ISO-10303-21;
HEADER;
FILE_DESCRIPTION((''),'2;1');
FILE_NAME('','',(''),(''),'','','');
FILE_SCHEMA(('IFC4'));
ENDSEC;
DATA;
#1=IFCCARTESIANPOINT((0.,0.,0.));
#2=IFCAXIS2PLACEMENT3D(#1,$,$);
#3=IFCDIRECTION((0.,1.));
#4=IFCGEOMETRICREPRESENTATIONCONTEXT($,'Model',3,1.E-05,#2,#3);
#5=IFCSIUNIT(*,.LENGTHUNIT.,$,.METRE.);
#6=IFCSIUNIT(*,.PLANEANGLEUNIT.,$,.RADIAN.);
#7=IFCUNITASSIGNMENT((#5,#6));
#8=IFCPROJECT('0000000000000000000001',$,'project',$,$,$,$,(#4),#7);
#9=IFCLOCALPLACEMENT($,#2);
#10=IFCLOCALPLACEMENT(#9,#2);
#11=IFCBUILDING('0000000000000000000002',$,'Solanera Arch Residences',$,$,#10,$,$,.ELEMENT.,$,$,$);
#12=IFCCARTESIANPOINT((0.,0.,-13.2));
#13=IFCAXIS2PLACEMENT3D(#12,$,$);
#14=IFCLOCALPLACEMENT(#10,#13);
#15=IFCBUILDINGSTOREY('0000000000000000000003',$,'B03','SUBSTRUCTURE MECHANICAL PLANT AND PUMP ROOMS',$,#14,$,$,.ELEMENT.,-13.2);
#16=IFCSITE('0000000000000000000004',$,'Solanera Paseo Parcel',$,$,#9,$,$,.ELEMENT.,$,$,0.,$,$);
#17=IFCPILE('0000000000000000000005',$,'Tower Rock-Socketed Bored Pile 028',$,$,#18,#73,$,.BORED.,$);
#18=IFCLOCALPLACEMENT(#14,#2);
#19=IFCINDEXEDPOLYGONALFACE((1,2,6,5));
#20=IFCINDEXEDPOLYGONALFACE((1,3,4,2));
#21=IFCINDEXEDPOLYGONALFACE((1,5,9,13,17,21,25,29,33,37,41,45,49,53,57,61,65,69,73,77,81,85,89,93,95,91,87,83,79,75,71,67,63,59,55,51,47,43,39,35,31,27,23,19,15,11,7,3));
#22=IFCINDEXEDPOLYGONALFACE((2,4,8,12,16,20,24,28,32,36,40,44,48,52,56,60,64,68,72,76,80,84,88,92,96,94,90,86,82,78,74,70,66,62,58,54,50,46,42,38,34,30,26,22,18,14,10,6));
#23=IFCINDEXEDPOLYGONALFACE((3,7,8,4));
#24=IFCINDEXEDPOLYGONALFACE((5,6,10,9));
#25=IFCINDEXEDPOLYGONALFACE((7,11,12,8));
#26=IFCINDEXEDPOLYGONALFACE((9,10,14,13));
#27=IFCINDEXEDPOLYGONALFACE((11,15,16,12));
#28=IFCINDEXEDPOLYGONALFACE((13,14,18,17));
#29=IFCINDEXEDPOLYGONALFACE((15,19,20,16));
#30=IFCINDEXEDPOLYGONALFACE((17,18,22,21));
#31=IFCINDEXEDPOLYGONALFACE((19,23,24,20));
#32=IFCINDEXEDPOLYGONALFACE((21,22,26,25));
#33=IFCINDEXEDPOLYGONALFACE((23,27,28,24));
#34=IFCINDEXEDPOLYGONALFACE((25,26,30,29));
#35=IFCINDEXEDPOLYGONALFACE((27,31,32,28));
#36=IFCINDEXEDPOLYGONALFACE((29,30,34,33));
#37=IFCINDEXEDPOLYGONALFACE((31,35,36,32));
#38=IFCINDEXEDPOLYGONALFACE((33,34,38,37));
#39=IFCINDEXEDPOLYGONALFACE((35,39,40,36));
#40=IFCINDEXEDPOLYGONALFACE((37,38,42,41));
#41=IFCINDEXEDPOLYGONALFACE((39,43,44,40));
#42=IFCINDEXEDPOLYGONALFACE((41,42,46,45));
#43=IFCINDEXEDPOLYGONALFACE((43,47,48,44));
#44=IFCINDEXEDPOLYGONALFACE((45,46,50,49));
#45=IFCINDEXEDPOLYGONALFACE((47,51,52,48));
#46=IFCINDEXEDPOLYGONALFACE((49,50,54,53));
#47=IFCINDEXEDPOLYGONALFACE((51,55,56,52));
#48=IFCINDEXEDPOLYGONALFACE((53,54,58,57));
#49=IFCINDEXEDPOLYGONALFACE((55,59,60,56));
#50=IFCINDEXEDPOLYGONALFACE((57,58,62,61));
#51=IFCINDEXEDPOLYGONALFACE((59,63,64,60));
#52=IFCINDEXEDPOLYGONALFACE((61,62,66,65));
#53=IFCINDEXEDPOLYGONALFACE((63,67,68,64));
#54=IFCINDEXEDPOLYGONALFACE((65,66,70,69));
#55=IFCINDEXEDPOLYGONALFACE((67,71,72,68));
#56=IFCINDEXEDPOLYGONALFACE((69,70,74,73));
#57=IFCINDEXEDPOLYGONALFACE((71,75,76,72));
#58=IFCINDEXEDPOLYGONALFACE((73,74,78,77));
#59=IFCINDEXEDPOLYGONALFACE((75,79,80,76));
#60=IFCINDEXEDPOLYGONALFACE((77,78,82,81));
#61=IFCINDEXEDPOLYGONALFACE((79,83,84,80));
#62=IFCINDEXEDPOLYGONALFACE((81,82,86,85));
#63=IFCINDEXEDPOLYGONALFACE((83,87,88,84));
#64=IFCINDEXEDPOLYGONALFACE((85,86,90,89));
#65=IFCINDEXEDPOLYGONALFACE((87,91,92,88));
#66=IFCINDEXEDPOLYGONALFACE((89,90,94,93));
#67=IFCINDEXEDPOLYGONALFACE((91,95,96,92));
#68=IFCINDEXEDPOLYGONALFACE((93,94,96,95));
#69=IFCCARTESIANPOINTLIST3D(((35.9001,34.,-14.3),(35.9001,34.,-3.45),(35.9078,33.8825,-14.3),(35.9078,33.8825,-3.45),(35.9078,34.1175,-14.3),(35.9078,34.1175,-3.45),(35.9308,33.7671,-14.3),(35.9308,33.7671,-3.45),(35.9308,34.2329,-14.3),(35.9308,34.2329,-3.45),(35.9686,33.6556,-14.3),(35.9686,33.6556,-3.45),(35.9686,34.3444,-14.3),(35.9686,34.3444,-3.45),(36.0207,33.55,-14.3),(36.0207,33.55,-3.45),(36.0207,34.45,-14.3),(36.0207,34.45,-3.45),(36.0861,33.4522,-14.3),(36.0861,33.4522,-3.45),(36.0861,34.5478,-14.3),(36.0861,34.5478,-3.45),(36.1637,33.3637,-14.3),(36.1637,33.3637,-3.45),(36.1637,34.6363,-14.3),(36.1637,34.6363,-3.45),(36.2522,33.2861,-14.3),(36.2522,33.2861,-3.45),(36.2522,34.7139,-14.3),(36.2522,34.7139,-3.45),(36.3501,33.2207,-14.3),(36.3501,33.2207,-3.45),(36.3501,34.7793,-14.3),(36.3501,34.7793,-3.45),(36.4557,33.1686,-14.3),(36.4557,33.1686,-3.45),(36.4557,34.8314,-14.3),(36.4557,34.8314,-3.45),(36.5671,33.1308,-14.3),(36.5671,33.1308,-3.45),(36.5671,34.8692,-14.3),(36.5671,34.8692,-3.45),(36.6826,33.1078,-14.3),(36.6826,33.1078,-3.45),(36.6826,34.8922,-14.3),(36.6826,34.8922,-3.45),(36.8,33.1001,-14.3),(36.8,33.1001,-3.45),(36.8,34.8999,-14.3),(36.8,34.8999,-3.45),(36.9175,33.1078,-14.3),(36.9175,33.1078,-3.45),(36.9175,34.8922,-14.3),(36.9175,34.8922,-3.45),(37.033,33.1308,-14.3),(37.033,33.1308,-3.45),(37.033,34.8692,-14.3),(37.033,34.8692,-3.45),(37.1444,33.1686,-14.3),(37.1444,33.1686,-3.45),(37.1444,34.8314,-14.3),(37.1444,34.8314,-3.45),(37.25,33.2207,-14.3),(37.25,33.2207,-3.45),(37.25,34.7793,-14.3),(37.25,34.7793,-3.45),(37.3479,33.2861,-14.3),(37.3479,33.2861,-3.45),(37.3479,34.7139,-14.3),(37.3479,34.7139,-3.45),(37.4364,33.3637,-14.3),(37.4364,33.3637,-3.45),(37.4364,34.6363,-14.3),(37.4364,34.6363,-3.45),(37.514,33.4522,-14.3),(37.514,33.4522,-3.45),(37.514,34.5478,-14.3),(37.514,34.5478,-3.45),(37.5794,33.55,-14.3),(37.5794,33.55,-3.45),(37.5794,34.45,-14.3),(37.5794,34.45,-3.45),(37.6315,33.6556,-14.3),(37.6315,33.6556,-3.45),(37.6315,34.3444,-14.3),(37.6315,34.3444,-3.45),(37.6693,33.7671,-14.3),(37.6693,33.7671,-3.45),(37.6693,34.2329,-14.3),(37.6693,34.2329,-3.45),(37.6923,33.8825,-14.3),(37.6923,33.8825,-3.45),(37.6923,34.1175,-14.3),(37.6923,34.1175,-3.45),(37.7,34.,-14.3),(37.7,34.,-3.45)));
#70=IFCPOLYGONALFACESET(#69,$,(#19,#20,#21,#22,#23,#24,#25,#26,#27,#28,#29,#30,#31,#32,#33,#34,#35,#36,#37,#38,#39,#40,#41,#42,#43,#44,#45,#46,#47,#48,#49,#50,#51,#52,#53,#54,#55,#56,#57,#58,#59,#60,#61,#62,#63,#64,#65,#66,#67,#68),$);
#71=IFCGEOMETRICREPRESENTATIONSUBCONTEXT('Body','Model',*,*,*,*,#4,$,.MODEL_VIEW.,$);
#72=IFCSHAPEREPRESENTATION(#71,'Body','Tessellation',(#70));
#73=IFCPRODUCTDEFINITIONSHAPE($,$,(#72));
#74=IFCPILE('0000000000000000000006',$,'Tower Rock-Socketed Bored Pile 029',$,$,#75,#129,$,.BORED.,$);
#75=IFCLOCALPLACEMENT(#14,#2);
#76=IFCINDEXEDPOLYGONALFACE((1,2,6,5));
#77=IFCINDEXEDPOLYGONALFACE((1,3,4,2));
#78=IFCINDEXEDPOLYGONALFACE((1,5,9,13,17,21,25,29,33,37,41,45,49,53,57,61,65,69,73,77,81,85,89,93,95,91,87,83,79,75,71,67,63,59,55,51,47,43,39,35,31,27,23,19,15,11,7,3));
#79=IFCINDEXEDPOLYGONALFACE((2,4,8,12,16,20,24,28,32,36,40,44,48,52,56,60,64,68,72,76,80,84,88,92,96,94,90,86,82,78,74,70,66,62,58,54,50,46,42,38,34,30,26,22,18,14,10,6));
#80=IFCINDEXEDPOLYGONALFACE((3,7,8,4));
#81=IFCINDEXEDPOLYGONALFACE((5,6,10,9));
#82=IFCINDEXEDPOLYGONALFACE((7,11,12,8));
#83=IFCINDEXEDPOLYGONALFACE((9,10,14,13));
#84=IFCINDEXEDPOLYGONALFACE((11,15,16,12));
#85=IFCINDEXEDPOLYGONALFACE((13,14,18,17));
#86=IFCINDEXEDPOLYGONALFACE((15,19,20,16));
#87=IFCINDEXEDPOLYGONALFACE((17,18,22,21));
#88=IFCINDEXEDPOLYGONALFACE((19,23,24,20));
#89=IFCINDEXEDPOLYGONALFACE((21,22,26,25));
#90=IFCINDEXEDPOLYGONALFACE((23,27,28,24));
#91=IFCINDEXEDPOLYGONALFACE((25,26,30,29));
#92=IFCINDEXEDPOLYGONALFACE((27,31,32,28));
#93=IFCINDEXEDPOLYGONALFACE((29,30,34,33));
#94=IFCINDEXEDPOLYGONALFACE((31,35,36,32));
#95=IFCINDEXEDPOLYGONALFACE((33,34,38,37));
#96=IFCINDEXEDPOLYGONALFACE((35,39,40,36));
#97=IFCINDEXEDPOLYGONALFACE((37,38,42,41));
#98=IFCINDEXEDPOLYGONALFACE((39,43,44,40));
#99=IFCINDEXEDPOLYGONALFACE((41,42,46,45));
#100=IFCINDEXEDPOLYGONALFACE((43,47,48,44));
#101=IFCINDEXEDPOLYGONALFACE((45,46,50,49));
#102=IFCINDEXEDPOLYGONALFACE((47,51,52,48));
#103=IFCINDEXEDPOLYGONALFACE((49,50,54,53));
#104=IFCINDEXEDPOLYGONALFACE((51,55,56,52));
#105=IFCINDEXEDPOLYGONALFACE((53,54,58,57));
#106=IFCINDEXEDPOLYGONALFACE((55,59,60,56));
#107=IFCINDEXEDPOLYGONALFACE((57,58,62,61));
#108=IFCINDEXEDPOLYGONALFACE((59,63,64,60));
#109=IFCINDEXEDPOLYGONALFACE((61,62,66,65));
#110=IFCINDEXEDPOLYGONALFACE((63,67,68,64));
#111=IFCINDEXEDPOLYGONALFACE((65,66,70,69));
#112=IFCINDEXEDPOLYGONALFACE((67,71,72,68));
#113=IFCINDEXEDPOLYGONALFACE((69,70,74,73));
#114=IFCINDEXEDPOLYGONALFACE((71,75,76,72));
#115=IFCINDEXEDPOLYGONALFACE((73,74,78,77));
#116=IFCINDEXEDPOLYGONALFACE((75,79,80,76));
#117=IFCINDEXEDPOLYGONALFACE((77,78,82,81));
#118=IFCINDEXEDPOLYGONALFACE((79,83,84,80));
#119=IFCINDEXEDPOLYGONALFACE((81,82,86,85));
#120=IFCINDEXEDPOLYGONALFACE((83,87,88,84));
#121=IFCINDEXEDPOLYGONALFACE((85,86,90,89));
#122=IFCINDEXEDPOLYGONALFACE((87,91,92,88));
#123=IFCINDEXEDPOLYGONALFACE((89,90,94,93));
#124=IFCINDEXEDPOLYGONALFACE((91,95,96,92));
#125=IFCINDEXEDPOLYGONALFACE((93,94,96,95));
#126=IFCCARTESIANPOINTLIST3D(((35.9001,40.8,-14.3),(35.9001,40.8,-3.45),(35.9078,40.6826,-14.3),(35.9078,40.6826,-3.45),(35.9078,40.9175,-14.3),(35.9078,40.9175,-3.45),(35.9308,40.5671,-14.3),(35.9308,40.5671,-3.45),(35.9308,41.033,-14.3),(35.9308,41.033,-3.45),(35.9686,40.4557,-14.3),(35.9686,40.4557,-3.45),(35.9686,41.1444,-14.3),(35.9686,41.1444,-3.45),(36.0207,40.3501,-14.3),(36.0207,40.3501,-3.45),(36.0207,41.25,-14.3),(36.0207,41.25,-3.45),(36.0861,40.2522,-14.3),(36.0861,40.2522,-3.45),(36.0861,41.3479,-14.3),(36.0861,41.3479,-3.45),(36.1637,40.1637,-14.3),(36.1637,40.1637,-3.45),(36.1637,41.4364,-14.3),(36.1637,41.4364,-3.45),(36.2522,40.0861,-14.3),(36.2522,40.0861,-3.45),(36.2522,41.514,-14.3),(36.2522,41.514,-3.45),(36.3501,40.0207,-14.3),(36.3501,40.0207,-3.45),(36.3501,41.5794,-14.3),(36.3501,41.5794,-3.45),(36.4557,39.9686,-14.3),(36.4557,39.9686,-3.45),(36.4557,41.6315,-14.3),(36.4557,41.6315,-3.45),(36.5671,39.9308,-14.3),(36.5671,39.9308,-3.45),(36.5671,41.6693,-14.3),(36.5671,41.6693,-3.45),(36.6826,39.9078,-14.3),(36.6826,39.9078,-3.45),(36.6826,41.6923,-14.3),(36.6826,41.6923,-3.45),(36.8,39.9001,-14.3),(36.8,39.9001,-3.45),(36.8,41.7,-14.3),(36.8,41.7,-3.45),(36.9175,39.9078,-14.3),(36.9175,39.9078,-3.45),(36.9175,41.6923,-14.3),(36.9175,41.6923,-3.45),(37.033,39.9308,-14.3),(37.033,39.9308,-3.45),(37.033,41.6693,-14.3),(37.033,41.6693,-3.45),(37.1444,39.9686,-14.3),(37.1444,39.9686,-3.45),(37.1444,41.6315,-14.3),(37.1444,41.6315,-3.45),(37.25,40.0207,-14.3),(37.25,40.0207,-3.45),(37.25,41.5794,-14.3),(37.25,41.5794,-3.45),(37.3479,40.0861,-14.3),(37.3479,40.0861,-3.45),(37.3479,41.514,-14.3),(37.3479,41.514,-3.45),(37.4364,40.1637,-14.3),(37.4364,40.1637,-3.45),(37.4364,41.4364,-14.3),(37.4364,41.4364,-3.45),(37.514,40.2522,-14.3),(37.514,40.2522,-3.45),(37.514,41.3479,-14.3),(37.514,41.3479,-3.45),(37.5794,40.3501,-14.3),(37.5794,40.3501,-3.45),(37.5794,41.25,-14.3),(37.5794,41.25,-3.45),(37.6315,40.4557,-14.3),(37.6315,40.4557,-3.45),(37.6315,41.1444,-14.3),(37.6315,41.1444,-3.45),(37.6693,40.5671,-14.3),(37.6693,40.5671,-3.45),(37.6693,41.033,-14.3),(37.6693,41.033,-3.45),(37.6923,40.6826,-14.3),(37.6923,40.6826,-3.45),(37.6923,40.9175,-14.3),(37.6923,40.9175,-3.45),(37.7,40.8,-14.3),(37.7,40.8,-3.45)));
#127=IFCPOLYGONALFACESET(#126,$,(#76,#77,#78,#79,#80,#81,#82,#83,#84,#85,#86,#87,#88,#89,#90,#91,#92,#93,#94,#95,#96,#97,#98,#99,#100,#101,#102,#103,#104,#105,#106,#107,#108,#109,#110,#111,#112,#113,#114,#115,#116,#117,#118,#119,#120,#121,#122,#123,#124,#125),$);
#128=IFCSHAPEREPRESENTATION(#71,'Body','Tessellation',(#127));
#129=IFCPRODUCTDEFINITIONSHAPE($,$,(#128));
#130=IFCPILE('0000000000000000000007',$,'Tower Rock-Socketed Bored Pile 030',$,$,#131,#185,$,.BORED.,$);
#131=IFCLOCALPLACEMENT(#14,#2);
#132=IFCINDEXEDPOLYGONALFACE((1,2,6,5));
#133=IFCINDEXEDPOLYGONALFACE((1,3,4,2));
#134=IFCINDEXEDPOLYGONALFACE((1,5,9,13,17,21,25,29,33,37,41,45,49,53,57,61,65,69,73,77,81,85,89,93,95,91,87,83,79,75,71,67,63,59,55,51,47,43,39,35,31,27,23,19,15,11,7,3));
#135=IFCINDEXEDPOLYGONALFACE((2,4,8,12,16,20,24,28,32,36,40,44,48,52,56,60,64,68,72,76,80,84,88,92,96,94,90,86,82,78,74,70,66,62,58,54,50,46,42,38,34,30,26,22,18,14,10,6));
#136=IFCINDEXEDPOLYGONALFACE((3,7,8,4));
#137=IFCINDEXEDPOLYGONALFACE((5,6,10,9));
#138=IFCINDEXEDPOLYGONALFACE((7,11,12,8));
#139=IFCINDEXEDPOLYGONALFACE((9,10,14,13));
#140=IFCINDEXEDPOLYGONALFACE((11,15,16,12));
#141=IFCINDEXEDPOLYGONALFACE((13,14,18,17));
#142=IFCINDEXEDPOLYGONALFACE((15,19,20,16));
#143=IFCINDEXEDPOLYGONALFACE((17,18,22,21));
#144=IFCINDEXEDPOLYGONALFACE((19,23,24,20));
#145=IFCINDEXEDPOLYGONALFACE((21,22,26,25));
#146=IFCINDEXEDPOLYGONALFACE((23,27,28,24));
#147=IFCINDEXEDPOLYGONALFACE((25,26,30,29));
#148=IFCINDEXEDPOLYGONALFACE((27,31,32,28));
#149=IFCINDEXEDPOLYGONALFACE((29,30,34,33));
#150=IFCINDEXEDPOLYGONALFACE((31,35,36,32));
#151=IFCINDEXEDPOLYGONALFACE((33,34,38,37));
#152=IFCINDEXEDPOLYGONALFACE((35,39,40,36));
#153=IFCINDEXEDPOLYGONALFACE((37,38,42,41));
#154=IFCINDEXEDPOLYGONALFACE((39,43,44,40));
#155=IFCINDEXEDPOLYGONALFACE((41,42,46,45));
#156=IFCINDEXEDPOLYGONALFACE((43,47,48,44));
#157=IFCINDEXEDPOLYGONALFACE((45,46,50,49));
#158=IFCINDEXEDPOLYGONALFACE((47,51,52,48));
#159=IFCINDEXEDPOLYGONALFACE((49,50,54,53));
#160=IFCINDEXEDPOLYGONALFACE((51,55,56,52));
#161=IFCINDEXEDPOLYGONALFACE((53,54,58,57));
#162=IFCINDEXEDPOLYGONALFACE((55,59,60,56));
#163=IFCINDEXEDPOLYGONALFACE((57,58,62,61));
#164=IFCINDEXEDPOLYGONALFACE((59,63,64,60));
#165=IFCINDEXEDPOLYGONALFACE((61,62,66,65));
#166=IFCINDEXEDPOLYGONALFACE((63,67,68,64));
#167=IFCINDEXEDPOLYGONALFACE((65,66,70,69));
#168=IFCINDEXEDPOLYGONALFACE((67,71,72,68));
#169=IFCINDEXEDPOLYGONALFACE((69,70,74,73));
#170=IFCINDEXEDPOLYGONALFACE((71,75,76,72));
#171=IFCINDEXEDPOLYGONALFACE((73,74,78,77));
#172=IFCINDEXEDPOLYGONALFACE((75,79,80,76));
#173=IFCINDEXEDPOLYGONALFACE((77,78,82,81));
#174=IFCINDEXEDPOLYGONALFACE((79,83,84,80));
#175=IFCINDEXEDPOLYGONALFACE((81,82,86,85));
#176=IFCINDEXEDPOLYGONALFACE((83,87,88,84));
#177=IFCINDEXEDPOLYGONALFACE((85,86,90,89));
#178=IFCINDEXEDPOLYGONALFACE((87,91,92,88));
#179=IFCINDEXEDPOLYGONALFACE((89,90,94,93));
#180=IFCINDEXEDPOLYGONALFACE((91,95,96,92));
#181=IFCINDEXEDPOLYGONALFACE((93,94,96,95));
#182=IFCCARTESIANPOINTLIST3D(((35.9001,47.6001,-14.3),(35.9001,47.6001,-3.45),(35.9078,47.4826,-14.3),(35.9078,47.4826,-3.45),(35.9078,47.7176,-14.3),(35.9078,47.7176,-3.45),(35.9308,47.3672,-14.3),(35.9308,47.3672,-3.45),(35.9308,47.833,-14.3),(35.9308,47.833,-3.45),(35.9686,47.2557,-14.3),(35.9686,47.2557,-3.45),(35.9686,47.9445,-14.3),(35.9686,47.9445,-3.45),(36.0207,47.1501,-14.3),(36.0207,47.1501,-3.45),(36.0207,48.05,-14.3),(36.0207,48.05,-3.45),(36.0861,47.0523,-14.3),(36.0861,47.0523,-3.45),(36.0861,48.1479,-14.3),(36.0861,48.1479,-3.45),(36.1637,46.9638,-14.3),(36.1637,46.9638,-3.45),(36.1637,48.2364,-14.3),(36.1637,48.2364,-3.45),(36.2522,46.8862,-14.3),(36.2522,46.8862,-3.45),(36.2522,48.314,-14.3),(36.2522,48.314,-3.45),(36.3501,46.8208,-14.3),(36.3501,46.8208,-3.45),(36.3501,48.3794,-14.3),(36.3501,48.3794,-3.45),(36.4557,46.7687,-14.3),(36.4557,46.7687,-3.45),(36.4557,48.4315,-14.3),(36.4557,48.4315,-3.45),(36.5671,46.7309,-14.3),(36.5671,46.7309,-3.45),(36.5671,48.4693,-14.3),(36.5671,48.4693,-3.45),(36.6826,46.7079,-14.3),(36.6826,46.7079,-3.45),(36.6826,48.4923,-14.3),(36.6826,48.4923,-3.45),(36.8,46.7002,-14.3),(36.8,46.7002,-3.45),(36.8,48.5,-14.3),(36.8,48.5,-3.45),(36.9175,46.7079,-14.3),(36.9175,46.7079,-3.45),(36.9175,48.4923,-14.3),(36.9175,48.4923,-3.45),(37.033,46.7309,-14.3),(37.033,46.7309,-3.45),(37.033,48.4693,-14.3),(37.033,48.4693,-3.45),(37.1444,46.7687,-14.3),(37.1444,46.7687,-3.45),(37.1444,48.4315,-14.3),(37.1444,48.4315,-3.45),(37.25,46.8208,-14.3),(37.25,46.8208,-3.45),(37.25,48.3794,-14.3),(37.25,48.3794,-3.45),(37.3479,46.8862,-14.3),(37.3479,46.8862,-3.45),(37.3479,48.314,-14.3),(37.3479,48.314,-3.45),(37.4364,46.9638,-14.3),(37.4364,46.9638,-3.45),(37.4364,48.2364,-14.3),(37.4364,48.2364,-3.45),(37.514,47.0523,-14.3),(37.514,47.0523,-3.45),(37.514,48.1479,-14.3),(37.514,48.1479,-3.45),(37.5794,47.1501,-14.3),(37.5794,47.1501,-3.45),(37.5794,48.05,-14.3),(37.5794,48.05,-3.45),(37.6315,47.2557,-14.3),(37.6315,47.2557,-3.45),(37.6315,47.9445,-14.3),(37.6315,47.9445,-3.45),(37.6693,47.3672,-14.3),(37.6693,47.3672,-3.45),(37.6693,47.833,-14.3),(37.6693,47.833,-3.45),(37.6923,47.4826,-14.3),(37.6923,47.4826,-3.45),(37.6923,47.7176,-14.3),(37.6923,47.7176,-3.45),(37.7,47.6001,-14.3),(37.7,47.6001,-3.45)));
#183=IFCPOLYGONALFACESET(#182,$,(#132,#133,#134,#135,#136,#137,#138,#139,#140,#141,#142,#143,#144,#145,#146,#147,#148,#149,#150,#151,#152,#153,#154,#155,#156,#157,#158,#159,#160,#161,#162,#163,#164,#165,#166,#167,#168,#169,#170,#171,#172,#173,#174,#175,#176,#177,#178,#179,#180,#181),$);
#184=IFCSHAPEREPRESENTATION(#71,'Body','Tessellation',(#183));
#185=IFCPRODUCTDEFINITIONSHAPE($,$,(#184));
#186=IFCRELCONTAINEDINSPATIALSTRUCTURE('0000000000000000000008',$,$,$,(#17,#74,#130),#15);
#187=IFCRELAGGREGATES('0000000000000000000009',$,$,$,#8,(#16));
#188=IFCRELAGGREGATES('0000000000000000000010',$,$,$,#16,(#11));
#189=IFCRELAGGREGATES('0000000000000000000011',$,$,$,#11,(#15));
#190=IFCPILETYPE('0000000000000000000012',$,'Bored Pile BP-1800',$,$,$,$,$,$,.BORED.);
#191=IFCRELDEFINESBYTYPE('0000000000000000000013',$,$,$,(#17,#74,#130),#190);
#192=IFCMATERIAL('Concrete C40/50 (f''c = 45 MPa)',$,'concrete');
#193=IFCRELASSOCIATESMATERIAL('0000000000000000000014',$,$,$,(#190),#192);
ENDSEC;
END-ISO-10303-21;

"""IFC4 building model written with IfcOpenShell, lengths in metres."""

from ifc_helpers import new_model, si_unit, direction, frame, origin, origin_2d, place, context, subcontext, project, spatial, circle, extrude, material, material_profile, profile_set, type_object, element, save


model = new_model("IFC4")

# Units and contexts
model_context = context("Model", 3, precision=1e-05, world=origin(), true_north=direction((0.0, 1.0)))
body_context = subcontext(model_context, "Body", "Model", "MODEL_VIEW")
ifc_project = project(units=[si_unit("LENGTHUNIT", "METRE"), si_unit("PLANEANGLEUNIT", "RADIAN")], contexts=[model_context])

# Site, building, storey
site_placement = place(None, origin())
site = spatial("IfcSite", under=ifc_project, at=site_placement, Name="Solanera Paseo Parcel", CompositionType="ELEMENT", RefElevation=0.0)
building_placement = place(site_placement, origin())
building = spatial("IfcBuilding", under=site, at=building_placement, Name="Solanera Arch Residences", CompositionType="ELEMENT")
storey_placement = place(building_placement, frame((0.0, 0.0, -13.2)))
storey = spatial("IfcBuildingStorey", under=building, at=storey_placement, Name="B03", Description="SUBSTRUCTURE MECHANICAL PLANT AND PUMP ROOMS", CompositionType="ELEMENT", Elevation=-13.2)

# Piles
ifc_material_1 = material(Name="Concrete C40/50 (f'c = 45 MPa)", Category="concrete")
ifc_material_profile_1 = material_profile(ifc_material_1, circle(Radius=0.8999, at=origin_2d()))
ifc_profile_set_1 = profile_set([ifc_material_profile_1], Name="Concrete C40/50 (f'c = 45 MPa)")
pile_type = type_object("IfcPileType", Name="Bored Pile BP-1800", PredefinedType="BORED", material=ifc_profile_set_1)
for number, where, z_axis, x_axis, name in (
    (1, (36.8, 34.0, -3.45), (0.0, 0.0, -1.0), (1.0, 0.0, 0.0), "Tower Rock-Socketed Bored Pile 028"),
    (2, (36.8, 40.8, -3.45), (0.0, 0.0, -1.0), (1.0, 0.0, 0.0), "Tower Rock-Socketed Bored Pile 029"),
    (3, (36.8, 47.6001, -3.45), (0.0, 0.0, -1.0), (1.0, 0.0, 0.0), "Tower Rock-Socketed Bored Pile 030"),
):
    element("IfcPile", number, at=place(storey_placement, frame(where, z_axis=z_axis, x_axis=x_axis)), inside=storey, type_object=pile_type, Name=name, PredefinedType="BORED", context=body_context, shape_type="SweptSolid", body=[
        extrude(circle(Radius=0.8999, at=origin_2d()), origin(), (0.0, 0.0, 1.0), 10.8501),
    ])

save(model, "model.ifc")
